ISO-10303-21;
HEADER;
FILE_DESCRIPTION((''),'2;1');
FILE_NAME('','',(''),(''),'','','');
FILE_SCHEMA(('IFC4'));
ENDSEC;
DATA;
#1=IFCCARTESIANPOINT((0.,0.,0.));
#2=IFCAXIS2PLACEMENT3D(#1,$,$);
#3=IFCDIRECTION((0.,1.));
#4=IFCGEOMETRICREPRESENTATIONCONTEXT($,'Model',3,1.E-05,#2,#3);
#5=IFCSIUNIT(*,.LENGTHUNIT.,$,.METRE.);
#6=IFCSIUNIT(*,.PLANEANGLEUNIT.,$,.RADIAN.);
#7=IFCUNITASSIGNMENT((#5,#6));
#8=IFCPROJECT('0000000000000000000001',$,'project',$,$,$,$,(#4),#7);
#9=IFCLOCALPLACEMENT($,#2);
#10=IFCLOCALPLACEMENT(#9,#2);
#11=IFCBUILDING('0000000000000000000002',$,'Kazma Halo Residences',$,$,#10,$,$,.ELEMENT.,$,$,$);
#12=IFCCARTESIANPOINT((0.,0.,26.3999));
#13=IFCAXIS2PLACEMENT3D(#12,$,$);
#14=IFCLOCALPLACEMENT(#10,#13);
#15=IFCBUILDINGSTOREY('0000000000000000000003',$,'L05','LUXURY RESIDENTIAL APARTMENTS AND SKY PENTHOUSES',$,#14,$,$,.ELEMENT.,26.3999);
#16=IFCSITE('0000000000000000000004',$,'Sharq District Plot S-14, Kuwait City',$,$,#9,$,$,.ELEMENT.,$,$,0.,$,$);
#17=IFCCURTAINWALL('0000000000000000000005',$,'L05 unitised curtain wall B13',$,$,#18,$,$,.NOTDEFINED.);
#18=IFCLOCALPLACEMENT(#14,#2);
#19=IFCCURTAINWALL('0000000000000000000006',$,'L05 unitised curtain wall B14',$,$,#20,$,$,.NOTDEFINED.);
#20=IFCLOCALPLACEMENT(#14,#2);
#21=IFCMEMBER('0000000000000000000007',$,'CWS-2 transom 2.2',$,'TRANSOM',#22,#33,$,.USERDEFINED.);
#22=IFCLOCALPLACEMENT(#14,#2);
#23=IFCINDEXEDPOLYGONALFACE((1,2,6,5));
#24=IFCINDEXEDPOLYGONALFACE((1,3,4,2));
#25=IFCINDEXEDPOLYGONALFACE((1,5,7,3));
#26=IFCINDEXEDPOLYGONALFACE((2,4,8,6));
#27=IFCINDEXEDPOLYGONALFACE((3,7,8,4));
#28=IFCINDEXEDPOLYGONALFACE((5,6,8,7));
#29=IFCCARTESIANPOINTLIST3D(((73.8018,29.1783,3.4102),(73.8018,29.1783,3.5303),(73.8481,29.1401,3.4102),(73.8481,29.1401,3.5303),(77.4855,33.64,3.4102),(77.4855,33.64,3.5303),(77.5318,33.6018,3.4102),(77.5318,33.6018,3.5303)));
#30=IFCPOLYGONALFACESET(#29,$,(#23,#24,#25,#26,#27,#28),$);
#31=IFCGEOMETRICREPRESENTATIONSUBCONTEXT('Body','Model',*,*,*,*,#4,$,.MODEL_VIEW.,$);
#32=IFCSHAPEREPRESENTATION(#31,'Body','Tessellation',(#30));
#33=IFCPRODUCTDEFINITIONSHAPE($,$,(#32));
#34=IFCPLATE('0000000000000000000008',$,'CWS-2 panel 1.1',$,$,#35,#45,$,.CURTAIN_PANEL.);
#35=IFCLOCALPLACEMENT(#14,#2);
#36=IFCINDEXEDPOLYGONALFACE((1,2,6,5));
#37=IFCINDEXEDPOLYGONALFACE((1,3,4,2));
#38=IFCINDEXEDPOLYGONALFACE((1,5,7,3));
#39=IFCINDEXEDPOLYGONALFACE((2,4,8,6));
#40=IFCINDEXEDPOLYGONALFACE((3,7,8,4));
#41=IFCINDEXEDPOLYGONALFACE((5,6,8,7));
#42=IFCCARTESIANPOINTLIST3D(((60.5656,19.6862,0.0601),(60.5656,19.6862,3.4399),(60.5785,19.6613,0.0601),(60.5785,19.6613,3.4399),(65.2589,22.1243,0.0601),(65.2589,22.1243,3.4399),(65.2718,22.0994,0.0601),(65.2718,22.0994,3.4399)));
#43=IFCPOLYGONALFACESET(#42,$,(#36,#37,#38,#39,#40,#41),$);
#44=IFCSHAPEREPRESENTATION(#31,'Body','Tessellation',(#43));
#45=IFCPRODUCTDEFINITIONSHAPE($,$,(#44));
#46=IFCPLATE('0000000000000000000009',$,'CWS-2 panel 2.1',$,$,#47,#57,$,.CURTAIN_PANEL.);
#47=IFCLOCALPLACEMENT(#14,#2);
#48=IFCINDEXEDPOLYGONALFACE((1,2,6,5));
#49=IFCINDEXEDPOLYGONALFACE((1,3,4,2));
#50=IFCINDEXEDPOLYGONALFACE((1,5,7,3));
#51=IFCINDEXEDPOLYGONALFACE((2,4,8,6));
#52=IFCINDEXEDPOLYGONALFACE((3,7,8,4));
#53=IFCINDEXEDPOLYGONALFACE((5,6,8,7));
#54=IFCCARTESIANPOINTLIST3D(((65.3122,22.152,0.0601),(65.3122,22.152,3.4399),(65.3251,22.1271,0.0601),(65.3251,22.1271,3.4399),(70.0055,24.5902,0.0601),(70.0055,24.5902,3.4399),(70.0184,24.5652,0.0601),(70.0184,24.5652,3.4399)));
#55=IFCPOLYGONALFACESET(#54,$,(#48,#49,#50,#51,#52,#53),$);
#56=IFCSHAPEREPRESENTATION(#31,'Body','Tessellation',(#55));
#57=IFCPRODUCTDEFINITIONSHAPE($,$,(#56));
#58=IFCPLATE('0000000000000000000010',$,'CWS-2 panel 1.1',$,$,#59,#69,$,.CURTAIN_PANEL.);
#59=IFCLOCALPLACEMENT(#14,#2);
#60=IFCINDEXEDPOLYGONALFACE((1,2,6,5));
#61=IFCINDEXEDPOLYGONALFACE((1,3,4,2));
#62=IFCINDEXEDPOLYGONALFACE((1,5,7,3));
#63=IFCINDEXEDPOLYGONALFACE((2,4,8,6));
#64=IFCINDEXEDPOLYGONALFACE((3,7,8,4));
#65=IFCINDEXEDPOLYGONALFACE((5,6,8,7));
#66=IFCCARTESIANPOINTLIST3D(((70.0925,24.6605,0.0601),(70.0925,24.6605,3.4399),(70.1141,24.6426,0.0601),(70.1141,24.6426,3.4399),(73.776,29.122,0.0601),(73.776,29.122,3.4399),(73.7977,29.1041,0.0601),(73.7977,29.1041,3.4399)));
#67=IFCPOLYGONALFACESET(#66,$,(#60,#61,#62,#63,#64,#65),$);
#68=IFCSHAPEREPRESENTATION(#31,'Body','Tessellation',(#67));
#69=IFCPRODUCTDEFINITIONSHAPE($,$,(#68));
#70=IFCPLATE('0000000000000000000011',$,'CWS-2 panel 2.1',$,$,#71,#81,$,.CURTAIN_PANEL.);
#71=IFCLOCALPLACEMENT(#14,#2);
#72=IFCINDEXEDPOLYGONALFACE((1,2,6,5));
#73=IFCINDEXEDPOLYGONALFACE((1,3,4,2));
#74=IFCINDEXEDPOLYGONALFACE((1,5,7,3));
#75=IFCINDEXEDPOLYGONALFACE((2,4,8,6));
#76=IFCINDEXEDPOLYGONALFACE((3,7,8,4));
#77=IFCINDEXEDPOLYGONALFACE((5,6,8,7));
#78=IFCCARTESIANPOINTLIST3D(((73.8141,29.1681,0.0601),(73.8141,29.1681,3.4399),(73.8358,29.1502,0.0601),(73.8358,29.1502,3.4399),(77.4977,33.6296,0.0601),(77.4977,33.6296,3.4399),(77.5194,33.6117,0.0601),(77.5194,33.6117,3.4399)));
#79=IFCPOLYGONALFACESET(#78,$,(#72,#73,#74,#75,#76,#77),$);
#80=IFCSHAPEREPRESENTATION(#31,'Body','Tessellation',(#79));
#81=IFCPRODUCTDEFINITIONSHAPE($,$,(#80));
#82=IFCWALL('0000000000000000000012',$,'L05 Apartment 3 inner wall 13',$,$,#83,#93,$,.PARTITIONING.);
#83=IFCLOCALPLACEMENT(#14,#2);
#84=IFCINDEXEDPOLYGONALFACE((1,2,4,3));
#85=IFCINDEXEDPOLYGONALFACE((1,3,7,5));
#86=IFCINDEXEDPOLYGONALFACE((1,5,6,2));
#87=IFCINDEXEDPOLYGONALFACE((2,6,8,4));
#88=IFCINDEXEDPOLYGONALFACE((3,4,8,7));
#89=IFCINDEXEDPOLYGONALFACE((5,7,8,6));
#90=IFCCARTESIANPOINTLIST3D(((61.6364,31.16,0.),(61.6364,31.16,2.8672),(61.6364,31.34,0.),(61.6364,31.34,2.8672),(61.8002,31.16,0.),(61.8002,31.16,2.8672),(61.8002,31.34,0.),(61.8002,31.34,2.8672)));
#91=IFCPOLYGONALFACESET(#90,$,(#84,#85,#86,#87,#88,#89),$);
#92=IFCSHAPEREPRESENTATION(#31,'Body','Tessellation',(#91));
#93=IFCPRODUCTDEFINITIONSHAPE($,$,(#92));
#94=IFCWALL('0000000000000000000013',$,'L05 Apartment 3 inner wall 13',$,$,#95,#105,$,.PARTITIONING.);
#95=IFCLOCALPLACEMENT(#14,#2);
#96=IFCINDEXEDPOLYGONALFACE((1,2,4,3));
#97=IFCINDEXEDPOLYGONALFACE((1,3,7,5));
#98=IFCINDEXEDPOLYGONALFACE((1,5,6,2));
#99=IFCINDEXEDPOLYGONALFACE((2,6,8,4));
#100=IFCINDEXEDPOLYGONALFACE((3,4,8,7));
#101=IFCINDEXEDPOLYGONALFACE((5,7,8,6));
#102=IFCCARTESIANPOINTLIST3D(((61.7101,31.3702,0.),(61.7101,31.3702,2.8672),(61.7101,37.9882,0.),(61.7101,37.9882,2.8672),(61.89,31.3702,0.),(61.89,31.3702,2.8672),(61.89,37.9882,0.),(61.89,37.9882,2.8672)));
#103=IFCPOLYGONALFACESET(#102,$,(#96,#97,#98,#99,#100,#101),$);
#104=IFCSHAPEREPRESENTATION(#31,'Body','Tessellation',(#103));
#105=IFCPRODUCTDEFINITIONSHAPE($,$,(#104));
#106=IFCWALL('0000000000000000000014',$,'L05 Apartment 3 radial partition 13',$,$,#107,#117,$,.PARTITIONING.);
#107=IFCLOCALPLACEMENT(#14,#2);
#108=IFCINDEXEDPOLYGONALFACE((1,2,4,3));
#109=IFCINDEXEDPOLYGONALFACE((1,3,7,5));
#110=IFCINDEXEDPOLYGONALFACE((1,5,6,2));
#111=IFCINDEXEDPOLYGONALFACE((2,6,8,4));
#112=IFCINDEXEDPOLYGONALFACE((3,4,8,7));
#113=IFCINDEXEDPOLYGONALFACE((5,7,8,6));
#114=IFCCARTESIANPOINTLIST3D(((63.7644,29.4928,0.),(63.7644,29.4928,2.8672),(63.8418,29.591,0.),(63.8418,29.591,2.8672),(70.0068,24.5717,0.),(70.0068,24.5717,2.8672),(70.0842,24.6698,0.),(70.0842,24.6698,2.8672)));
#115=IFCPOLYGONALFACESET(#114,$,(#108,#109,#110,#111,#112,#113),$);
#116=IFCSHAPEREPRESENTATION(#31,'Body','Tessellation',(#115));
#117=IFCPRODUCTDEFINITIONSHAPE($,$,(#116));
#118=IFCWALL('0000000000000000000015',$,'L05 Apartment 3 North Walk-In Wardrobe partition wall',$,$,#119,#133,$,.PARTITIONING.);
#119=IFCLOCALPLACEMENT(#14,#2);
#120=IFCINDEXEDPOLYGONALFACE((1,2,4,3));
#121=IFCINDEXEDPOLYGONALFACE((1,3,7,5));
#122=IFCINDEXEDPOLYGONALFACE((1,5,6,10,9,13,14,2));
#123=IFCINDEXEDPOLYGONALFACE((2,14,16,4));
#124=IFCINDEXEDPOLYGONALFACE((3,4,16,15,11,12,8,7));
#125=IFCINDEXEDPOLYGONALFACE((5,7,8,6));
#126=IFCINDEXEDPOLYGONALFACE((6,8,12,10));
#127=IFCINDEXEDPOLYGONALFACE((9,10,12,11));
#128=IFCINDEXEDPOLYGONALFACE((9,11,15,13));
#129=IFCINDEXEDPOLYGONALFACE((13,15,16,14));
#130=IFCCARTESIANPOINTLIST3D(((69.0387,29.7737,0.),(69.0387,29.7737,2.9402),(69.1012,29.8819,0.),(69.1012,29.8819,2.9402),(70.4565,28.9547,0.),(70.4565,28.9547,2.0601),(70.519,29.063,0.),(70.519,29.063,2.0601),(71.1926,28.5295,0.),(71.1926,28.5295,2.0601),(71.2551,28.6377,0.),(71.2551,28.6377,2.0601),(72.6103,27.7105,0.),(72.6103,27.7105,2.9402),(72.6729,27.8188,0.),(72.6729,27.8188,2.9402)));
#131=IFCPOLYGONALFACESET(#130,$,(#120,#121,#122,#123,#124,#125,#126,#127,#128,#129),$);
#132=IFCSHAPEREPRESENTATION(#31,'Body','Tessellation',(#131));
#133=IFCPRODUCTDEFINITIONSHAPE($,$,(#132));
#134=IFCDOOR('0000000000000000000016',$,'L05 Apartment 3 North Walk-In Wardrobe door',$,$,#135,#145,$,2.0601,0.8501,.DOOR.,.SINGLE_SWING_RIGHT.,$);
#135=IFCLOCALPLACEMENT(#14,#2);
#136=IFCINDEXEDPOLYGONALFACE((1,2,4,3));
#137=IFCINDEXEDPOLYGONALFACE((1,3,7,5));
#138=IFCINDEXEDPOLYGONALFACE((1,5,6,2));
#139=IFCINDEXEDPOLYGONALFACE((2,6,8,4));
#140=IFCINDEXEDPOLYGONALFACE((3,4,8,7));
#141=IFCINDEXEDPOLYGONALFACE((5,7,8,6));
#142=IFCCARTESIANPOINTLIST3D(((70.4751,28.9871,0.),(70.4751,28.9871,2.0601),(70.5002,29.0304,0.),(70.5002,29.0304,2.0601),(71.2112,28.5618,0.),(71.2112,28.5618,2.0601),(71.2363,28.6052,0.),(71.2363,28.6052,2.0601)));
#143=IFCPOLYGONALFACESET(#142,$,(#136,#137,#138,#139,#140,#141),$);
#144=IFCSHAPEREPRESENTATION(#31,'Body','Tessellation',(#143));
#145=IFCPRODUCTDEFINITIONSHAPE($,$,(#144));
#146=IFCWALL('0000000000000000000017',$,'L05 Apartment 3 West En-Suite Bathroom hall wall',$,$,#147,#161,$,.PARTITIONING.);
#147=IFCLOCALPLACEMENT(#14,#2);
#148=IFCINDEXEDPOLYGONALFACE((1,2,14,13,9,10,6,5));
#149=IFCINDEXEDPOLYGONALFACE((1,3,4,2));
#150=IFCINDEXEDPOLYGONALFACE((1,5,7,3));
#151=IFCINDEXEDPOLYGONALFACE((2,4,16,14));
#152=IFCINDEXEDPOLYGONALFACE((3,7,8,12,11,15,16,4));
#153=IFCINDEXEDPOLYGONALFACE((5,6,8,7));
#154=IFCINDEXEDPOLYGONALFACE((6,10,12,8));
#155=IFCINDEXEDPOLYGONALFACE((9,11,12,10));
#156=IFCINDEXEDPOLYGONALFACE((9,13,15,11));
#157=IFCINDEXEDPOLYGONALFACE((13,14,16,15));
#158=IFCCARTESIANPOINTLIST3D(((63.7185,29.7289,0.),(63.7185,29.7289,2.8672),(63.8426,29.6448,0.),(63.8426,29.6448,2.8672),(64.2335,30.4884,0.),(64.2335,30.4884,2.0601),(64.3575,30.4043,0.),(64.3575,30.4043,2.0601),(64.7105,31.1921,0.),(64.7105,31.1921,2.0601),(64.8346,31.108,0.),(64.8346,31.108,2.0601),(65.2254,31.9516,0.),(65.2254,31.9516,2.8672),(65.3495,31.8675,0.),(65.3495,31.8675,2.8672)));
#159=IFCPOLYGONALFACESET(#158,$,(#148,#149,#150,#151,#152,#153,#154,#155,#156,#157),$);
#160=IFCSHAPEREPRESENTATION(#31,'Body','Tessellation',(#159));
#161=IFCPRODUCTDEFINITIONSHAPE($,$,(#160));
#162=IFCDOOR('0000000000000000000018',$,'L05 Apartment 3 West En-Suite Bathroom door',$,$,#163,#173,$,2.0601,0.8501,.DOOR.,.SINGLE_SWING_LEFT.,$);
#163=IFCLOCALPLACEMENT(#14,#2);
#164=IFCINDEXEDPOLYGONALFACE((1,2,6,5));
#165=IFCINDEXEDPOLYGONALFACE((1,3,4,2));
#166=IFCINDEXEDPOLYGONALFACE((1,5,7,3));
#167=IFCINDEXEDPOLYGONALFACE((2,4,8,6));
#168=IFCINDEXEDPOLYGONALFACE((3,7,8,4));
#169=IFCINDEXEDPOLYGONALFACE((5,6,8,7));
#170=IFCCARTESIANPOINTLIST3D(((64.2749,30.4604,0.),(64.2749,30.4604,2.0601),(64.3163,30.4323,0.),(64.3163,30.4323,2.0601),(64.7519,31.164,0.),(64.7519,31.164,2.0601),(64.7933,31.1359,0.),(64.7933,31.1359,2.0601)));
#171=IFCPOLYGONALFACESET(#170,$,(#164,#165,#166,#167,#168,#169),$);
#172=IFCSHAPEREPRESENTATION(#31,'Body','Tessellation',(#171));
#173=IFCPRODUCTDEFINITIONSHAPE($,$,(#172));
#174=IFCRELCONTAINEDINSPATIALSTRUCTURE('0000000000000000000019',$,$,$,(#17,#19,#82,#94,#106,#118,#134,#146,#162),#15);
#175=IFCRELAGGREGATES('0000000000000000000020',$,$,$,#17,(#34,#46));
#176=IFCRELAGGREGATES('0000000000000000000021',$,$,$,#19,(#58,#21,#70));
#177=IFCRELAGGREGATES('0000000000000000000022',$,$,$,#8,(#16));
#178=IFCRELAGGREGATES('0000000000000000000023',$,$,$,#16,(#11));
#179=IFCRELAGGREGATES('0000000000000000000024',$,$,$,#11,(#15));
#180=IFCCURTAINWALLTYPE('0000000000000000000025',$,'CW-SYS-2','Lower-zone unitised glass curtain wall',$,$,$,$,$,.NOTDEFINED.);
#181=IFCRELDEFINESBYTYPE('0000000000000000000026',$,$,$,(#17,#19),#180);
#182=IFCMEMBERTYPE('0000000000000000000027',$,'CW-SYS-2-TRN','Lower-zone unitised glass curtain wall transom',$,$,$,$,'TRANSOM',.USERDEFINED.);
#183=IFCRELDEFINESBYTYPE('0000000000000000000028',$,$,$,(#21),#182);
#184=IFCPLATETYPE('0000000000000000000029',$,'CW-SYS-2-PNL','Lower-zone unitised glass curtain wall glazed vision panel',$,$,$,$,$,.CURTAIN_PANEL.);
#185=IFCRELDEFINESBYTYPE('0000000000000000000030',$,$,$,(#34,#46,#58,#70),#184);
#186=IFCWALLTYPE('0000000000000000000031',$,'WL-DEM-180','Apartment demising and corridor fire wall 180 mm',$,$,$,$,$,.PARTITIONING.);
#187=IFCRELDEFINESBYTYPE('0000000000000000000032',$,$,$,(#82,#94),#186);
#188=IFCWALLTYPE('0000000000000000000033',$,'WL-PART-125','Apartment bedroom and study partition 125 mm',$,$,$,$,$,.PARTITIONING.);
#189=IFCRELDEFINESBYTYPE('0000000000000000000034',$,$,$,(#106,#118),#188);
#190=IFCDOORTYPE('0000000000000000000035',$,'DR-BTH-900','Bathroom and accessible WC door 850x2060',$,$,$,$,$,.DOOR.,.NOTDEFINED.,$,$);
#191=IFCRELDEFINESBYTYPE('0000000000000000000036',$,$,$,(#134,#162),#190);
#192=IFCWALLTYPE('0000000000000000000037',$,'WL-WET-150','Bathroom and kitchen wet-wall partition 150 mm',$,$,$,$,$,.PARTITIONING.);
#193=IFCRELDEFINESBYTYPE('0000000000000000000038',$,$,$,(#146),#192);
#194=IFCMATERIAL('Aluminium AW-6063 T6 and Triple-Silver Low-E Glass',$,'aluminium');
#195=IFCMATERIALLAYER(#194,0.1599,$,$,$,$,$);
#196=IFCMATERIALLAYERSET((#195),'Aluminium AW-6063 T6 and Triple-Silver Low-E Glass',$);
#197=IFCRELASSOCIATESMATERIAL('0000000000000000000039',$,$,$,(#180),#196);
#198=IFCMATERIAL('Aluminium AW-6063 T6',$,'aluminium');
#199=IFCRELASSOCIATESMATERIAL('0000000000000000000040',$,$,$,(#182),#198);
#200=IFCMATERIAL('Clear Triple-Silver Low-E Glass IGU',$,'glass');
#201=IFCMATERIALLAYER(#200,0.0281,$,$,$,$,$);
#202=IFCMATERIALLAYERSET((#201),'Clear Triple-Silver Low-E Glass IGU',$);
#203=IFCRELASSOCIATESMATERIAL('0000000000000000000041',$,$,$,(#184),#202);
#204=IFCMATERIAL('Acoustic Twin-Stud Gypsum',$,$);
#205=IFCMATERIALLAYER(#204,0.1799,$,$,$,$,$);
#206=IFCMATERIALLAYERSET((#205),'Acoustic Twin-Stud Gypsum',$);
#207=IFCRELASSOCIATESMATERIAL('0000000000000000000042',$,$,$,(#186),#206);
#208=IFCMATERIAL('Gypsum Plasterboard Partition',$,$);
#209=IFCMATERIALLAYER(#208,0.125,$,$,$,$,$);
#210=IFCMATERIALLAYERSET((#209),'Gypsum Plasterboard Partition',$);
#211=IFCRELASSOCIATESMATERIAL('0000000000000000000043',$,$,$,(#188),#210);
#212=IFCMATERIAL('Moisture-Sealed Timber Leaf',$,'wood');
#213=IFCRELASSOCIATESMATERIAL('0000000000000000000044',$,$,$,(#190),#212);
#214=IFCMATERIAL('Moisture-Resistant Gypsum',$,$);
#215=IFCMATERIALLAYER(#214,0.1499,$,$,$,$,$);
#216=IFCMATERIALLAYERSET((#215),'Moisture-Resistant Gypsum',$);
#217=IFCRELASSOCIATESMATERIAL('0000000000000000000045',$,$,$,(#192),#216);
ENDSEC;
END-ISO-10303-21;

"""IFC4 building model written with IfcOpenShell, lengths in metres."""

from ifc_helpers import new_model, si_unit, direction, frame, frame_2d, origin, origin_2d, place, context, subcontext, project, spatial, rectangle, extrude, material, layer, layer_set, material_profile, profile_set, type_object, element, fill, aggregate, save


model = new_model("IFC4")

# Units and contexts
model_context = context("Model", 3, precision=1e-05, world=origin(), true_north=direction((0.0, 1.0)))
body_context = subcontext(model_context, "Body", "Model", "MODEL_VIEW")
ifc_project = project(units=[si_unit("LENGTHUNIT", "METRE"), si_unit("PLANEANGLEUNIT", "RADIAN")], contexts=[model_context])

# Site, building, storey
site_placement = place(None, origin())
site = spatial("IfcSite", under=ifc_project, at=site_placement, Name="Sharq District Plot S-14, Kuwait City", CompositionType="ELEMENT", RefElevation=0.0)
building_placement = place(site_placement, origin())
building = spatial("IfcBuilding", under=site, at=building_placement, Name="Kazma Halo Residences", CompositionType="ELEMENT")
storey_placement = place(building_placement, frame((0.0, 0.0, 26.3999)))
storey = spatial("IfcBuildingStorey", under=building, at=storey_placement, Name="L05", Description="LUXURY RESIDENTIAL APARTMENTS AND SKY PENTHOUSES", CompositionType="ELEMENT", Elevation=26.3999)

# Curtain walls
ifc_material_1 = material(Name="Aluminium AW-6063 T6 and Triple-Silver Low-E Glass", Category="aluminium")
ifc_layer_1 = layer(ifc_material_1, 0.1599)
ifc_layer_set_1 = layer_set([ifc_layer_1], Name="Aluminium AW-6063 T6 and Triple-Silver Low-E Glass")
curtain_wall_type = type_object("IfcCurtainWallType", Name="CW-SYS-2", Description="Lower-zone unitised glass curtain wall", PredefinedType="NOTDEFINED", material=ifc_layer_set_1)
curtain_wall_1_placement = place(storey_placement, origin())
curtain_wall_1 = element("IfcCurtainWall", 1, at=curtain_wall_1_placement, inside=storey, type_object=curtain_wall_type, Name="L05 unitised curtain wall B13", PredefinedType="NOTDEFINED")
ifc_material_2 = material(Name="Aluminium AW-6063 T6", Category="aluminium")
curtain_wall_2_placement = place(storey_placement, origin())
curtain_wall_2 = element("IfcCurtainWall", 2, at=curtain_wall_2_placement, inside=storey, type_object=curtain_wall_type, Name="L05 unitised curtain wall B14", PredefinedType="NOTDEFINED")

# Member
ifc_material_profile_1 = material_profile(ifc_material_2, rectangle(XDim=0.0601, YDim=0.1201, at=origin_2d()), Name="CWT-60x120")
ifc_profile_set_1 = profile_set([ifc_material_profile_1], Name="Aluminium AW-6063 T6")
member_type_1 = type_object("IfcMemberType", Name="CW-SYS-2-TRN", Description="Lower-zone unitised glass curtain wall transom", ElementType="TRANSOM", PredefinedType="USERDEFINED", material=ifc_profile_set_1)
member_1_placement = place(storey_placement, frame((73.825, 29.1592, 3.4702), z_axis=(0.636662, 0.771143, 0.0), x_axis=(-0.771143, 0.636662, 0.0)))
member_1 = element("IfcMember", 3, at=member_1_placement, type_object=member_type_1, Name="CWS-2 transom 2.2", ObjectType="TRANSOM", PredefinedType="USERDEFINED", context=body_context, shape_type="SweptSolid", body=[
    extrude(rectangle(XDim=0.0601, YDim=0.1201, at=origin_2d()), origin(), (0.0, 0.0, 1.0), 5.7859),
])

# Plates
ifc_material_3 = material(Name="Clear Triple-Silver Low-E Glass IGU", Category="glass")
ifc_layer_2 = layer(ifc_material_3, 0.0281)
ifc_layer_set_2 = layer_set([ifc_layer_2], Name="Clear Triple-Silver Low-E Glass IGU")
plate_type = type_object("IfcPlateType", Name="CW-SYS-2-PNL", Description="Lower-zone unitised glass curtain wall glazed vision panel", PredefinedType="CURTAIN_PANEL", material=ifc_layer_set_2)
plate_1_placement = place(storey_placement, frame((62.9187, 20.8928, 0.0601), z_axis=(0.0, 0.0, 1.0), x_axis=(0.887402, 0.460996, 0.0)))
plate_1 = element("IfcPlate", 4, at=plate_1_placement, type_object=plate_type, Name="CWS-2 panel 1.1", PredefinedType="CURTAIN_PANEL", context=body_context, shape_type="SweptSolid", body=[
    extrude(rectangle(XDim=5.2888, YDim=0.0281, at=origin_2d()), origin(), (0.0, 0.0, 1.0), 3.3799),
])
plate_2_placement = place(storey_placement, frame((67.6653, 23.3586, 0.0601), z_axis=(0.0, 0.0, 1.0), x_axis=(0.887402, 0.460996, 0.0)))
plate_2 = element("IfcPlate", 5, at=plate_2_placement, type_object=plate_type, Name="CWS-2 panel 2.1", PredefinedType="CURTAIN_PANEL", context=body_context, shape_type="SweptSolid", body=[
    extrude(rectangle(XDim=5.2888, YDim=0.0281, at=origin_2d()), origin(), (0.0, 0.0, 1.0), 3.3799),
])
aggregate(curtain_wall_1, [plate_1, plate_2])
plate_3_placement = place(storey_placement, frame((71.9451, 26.8823, 0.0601), z_axis=(0.0, 0.0, 1.0), x_axis=(0.636671, 0.771135, 0.0)))
plate_3 = element("IfcPlate", 6, at=plate_3_placement, type_object=plate_type, Name="CWS-2 panel 1.1", PredefinedType="CURTAIN_PANEL", context=body_context, shape_type="SweptSolid", body=[
    extrude(rectangle(XDim=5.7856, YDim=0.0281, at=origin_2d()), origin(), (0.0, 0.0, 1.0), 3.3799),
])
plate_4_placement = place(storey_placement, frame((75.6667, 31.3899, 0.0601), z_axis=(0.0, 0.0, 1.0), x_axis=(0.636671, 0.771135, 0.0)))
plate_4 = element("IfcPlate", 7, at=plate_4_placement, type_object=plate_type, Name="CWS-2 panel 2.1", PredefinedType="CURTAIN_PANEL", context=body_context, shape_type="SweptSolid", body=[
    extrude(rectangle(XDim=5.7856, YDim=0.0281, at=origin_2d()), origin(), (0.0, 0.0, 1.0), 3.3799),
])
aggregate(curtain_wall_2, [plate_3, member_1, plate_4])

# Walls
ifc_material_4 = material(Name="Acoustic Twin-Stud Gypsum")
ifc_layer_3 = layer(ifc_material_4, 0.1799)
ifc_layer_set_3 = layer_set([ifc_layer_3], Name="Acoustic Twin-Stud Gypsum")
wall_type_1 = type_object("IfcWallType", Name="WL-DEM-180", Description="Apartment demising and corridor fire wall 180 mm", PredefinedType="PARTITIONING", material=ifc_layer_set_3)
wall_1_placement = place(storey_placement, frame((61.6362, 31.25, 0.0), z_axis=(0.0, 0.0, 1.0), x_axis=(1.0, 0.0, 0.0)))
element("IfcWall", 8, at=wall_1_placement, inside=storey, type_object=wall_type_1, Name="L05 Apartment 3 inner wall 13", PredefinedType="PARTITIONING", context=body_context, shape_type="SweptSolid", body=[
    extrude(rectangle(XDim=0.1638, YDim=0.1799, at=frame_2d((0.082, 0.0))), origin(), (0.0, 0.0, 1.0), 2.8672),
])
wall_2_placement = place(storey_placement, frame((61.8, 31.3701, 0.0), z_axis=(0.0, 0.0, 1.0), x_axis=(0.0, 1.0, 0.0)))
element("IfcWall", 9, at=wall_2_placement, inside=storey, type_object=wall_type_1, Name="L05 Apartment 3 inner wall 13", PredefinedType="PARTITIONING", context=body_context, shape_type="SweptSolid", body=[
    extrude(rectangle(XDim=6.6179, YDim=0.1799, at=frame_2d((3.3091, 0.0))), origin(), (0.0, 0.0, 1.0), 2.8672),
])
ifc_material_5 = material(Name="Gypsum Plasterboard Partition")
ifc_layer_4 = layer(ifc_material_5, 0.125)
ifc_layer_set_4 = layer_set([ifc_layer_4], Name="Gypsum Plasterboard Partition")
wall_type_2 = type_object("IfcWallType", Name="WL-PART-125", Description="Apartment bedroom and study partition 125 mm", PredefinedType="PARTITIONING", material=ifc_layer_set_4)
wall_3_placement = place(storey_placement, frame((63.803, 29.542, 0.0), z_axis=(0.0, 0.0, 1.0), x_axis=(0.785317, -0.619094, 0.0)))
element("IfcWall", 10, at=wall_3_placement, inside=storey, type_object=wall_type_2, Name="L05 Apartment 3 radial partition 13", PredefinedType="PARTITIONING", context=body_context, shape_type="SweptSolid", body=[
    extrude(rectangle(XDim=7.949, YDim=0.125, at=frame_2d((3.9746, 0.0))), origin(), (0.0, 0.0, 1.0), 2.8672),
])

# Walls, openings, doors
wall_4_placement = place(storey_placement, frame((69.0698, 29.8279, 0.0), z_axis=(0.0, 0.0, 1.0), x_axis=(0.865913, -0.500194, 0.0)))
wall_4 = element("IfcWall", 11, at=wall_4_placement, inside=storey, type_object=wall_type_2, Name="L05 Apartment 3 North Walk-In Wardrobe partition wall", PredefinedType="PARTITIONING", context=body_context, shape_type="SweptSolid", body=[
    extrude(rectangle(XDim=4.1248, YDim=0.125, at=frame_2d((2.0625, 0.0))), origin(), (0.0, 0.0, 1.0), 2.9402),
])
opening_1_placement = place(wall_4_placement, frame((1.6375, 0.0, 0.0)))
opening_1 = element("IfcOpeningElement", 12, at=opening_1_placement, cuts=wall_4, PredefinedType="OPENING", context=body_context, shape_type="SweptSolid", body=[
    extrude(rectangle(XDim=0.8501, YDim=2.0601, at=frame_2d((0.425, 1.03))), frame((0.0, 0.0725, 0.0), z_axis=(0.0, -1.0, 0.0), x_axis=(1.0, 0.0, 0.0)), (0.0, 0.0, 1.0), 0.145),
])
ifc_material_6 = material(Name="Moisture-Sealed Timber Leaf", Category="wood")
door_type = type_object("IfcDoorType", Name="DR-BTH-900", Description="Bathroom and accessible WC door 850x2060", OperationType="NOTDEFINED", PredefinedType="DOOR", material=ifc_material_6)
door_1_placement = place(opening_1_placement, origin())
door_1 = element("IfcDoor", 13, at=door_1_placement, inside=storey, type_object=door_type, Name="L05 Apartment 3 North Walk-In Wardrobe door", OperationType="SINGLE_SWING_RIGHT", OverallHeight=2.0601, OverallWidth=0.8501, PredefinedType="DOOR", context=body_context, shape_type="SweptSolid", body=[
    extrude(rectangle(XDim=0.8501, YDim=2.0601, at=frame_2d((0.425, 1.03))), frame((0.0, 0.0249, 0.0), z_axis=(0.0, -1.0, 0.0), x_axis=(1.0, 0.0, 0.0)), (0.0, 0.0, 1.0), 0.05),
])
fill(opening_1, door_1)
ifc_material_7 = material(Name="Moisture-Resistant Gypsum")
ifc_layer_5 = layer(ifc_material_7, 0.1499)
ifc_layer_set_5 = layer_set([ifc_layer_5], Name="Moisture-Resistant Gypsum")
wall_type_3 = type_object("IfcWallType", Name="WL-WET-150", Description="Bathroom and kitchen wet-wall partition 150 mm", PredefinedType="PARTITIONING", material=ifc_layer_set_5)
wall_5_placement = place(storey_placement, frame((63.7805, 29.6868, 0.0), z_axis=(0.0, 0.0, 1.0), x_axis=(0.561146, 0.827717, 0.0)))
wall_5 = element("IfcWall", 14, at=wall_5_placement, inside=storey, type_object=wall_type_3, Name="L05 Apartment 3 West En-Suite Bathroom hall wall", PredefinedType="PARTITIONING", context=body_context, shape_type="SweptSolid", body=[
    extrude(rectangle(XDim=2.6853, YDim=0.1499, at=frame_2d((1.3428, 0.0))), origin(), (0.0, 0.0, 1.0), 2.8672),
])
opening_2_placement = place(wall_5_placement, frame((0.9177, 0.0, 0.0)))
opening_2 = element("IfcOpeningElement", 15, at=opening_2_placement, cuts=wall_5, PredefinedType="OPENING", context=body_context, shape_type="SweptSolid", body=[
    extrude(rectangle(XDim=0.8501, YDim=2.0601, at=frame_2d((0.425, 1.03))), frame((0.0, 0.085, 0.0), z_axis=(0.0, -1.0, 0.0), x_axis=(1.0, 0.0, 0.0)), (0.0, 0.0, 1.0), 0.1699),
])
door_2_placement = place(opening_2_placement, origin())
door_2 = element("IfcDoor", 16, at=door_2_placement, inside=storey, type_object=door_type, Name="L05 Apartment 3 West En-Suite Bathroom door", OperationType="SINGLE_SWING_LEFT", OverallHeight=2.0601, OverallWidth=0.8501, PredefinedType="DOOR", context=body_context, shape_type="SweptSolid", body=[
    extrude(rectangle(XDim=0.8501, YDim=2.0601, at=frame_2d((0.425, 1.03))), frame((0.0, 0.0249, 0.0), z_axis=(0.0, -1.0, 0.0), x_axis=(1.0, 0.0, 0.0)), (0.0, 0.0, 1.0), 0.05),
])
fill(opening_2, door_2)

save(model, "model.ifc")
